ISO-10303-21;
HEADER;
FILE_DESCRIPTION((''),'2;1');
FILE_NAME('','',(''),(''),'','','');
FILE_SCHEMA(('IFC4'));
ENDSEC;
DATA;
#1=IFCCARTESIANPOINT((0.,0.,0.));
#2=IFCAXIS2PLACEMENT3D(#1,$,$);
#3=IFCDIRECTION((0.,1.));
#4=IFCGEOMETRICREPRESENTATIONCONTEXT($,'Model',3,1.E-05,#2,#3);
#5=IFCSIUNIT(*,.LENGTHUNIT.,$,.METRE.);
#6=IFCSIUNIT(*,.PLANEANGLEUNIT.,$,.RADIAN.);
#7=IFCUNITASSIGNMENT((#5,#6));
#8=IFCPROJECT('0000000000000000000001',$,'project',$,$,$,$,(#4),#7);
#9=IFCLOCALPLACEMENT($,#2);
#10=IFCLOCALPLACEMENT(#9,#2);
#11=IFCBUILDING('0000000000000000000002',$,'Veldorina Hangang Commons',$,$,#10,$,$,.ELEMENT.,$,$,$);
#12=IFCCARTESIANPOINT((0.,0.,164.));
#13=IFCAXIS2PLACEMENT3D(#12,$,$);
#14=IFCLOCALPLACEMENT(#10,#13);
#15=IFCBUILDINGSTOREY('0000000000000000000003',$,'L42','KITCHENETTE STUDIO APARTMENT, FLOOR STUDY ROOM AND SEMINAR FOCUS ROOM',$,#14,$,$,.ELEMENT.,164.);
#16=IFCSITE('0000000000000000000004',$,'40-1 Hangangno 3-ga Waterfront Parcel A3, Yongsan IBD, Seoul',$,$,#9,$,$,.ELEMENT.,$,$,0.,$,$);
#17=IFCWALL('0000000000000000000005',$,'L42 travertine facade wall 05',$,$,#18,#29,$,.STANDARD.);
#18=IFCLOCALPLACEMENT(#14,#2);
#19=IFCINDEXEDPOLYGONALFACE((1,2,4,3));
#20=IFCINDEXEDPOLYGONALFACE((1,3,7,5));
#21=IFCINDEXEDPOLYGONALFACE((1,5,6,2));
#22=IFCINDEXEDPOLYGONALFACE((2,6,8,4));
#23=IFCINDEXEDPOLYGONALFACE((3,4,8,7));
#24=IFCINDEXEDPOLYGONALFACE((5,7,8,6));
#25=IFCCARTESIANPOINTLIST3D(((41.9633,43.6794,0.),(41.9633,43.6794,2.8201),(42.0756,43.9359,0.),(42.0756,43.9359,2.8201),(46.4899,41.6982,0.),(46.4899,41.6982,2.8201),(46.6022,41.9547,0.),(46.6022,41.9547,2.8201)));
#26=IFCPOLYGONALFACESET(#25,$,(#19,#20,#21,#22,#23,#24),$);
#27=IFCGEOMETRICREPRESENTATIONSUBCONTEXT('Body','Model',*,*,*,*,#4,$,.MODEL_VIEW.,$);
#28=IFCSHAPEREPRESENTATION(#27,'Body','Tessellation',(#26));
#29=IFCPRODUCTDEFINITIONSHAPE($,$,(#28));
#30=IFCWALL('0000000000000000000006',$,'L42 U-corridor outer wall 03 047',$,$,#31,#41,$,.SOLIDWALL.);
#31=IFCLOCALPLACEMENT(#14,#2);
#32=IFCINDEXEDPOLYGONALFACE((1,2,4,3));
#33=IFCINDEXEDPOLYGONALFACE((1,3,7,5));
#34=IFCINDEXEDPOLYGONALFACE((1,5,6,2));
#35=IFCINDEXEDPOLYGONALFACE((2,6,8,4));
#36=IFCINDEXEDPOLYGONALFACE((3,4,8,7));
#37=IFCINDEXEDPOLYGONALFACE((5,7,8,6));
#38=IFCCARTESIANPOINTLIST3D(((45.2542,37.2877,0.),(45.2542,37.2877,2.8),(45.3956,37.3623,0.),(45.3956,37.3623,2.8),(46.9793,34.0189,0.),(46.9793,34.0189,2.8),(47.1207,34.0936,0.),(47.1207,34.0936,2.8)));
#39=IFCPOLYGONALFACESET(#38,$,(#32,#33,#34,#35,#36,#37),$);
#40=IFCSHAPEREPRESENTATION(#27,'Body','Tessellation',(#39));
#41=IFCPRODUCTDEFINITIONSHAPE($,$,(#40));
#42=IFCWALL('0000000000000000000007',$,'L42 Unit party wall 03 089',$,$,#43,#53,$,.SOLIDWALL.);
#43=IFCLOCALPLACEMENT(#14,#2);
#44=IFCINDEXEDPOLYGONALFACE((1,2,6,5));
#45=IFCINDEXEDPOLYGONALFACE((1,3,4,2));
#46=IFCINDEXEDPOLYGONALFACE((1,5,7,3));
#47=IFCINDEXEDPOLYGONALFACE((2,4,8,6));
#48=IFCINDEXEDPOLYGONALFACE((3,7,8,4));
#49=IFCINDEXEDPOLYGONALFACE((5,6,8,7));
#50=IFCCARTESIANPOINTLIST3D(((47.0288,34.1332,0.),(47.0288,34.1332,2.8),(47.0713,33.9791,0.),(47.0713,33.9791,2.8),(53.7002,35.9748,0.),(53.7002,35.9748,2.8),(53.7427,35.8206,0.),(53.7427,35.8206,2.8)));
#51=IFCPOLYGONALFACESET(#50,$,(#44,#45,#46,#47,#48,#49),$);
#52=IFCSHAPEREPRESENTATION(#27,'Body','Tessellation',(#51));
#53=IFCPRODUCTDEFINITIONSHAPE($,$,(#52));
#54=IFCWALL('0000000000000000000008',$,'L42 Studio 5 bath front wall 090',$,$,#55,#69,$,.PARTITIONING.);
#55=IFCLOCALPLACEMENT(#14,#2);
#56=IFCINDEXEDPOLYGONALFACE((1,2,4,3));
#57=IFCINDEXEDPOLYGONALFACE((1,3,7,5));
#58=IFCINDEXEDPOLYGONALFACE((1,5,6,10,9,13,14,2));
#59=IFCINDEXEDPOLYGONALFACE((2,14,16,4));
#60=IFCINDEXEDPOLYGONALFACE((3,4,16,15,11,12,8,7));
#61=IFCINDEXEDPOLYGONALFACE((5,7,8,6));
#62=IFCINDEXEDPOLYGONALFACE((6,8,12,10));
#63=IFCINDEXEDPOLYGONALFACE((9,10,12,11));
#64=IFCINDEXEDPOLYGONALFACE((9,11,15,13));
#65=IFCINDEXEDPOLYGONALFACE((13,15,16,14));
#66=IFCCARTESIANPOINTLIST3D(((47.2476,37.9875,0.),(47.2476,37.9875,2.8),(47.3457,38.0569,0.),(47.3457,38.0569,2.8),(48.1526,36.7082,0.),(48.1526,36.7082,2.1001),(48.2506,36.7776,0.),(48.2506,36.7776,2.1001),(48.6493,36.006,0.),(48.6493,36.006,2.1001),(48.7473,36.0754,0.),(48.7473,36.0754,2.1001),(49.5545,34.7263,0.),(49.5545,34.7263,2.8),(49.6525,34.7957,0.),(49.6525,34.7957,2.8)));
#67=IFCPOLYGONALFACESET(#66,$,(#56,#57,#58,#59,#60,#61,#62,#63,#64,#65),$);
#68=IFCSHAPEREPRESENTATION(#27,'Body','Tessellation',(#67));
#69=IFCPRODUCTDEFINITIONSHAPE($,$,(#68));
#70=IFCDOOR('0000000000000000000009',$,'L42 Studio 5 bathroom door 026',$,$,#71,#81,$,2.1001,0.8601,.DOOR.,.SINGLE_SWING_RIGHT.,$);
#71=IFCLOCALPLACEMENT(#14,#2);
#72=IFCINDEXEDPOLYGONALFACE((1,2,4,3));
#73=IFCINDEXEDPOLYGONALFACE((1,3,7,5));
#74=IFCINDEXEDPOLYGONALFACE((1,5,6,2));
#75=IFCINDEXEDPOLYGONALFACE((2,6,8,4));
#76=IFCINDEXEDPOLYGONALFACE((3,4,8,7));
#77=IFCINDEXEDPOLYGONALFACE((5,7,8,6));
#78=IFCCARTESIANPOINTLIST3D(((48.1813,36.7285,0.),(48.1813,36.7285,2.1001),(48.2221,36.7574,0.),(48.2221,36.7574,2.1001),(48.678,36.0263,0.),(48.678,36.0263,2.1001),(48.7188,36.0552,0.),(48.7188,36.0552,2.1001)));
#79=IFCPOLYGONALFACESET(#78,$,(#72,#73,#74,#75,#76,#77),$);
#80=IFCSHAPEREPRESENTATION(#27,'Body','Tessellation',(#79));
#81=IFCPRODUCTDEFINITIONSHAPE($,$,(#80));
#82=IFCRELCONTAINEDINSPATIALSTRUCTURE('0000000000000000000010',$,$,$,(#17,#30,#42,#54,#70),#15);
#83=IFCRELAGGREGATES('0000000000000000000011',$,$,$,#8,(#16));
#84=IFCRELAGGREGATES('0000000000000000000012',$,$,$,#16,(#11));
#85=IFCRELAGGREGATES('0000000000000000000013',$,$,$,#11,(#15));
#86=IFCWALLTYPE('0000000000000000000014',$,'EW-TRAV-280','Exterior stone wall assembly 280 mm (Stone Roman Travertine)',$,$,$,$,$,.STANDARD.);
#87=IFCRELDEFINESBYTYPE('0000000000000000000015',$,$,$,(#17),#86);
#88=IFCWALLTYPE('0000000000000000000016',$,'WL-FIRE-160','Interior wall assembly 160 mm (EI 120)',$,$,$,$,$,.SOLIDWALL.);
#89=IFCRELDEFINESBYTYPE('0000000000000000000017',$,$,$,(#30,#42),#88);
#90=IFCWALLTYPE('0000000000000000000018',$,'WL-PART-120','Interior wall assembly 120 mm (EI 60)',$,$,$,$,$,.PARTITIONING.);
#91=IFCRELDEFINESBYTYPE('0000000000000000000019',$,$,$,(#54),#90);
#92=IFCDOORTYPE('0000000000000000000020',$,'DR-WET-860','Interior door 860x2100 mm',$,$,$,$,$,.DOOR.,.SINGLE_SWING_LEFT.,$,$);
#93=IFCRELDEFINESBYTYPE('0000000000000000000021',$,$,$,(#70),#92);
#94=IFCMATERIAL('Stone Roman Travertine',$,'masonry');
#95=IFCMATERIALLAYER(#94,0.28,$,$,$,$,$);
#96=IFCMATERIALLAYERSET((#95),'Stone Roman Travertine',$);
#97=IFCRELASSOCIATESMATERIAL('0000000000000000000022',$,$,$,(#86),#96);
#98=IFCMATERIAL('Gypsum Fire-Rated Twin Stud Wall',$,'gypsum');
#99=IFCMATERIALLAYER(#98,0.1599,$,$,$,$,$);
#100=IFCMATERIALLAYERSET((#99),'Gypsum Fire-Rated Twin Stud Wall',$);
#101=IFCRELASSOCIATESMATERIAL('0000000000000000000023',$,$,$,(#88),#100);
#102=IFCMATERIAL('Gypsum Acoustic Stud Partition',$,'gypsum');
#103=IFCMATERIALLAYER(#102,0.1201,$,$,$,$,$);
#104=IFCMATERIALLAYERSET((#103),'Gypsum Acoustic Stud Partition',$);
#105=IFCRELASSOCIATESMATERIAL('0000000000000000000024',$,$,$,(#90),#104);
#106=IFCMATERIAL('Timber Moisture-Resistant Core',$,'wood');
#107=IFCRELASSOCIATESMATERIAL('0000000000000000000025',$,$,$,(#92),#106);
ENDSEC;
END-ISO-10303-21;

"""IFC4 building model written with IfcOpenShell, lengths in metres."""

from ifc_helpers import new_model, si_unit, direction, frame, frame_2d, origin, place, context, subcontext, project, spatial, rectangle, extrude, material, layer, layer_set, type_object, element, fill, save


model = new_model("IFC4")

# Units and contexts
model_context = context("Model", 3, precision=1e-05, world=origin(), true_north=direction((0.0, 1.0)))
body_context = subcontext(model_context, "Body", "Model", "MODEL_VIEW")
ifc_project = project(units=[si_unit("LENGTHUNIT", "METRE"), si_unit("PLANEANGLEUNIT", "RADIAN")], contexts=[model_context])

# Site, building, storey
site_placement = place(None, origin())
site = spatial("IfcSite", under=ifc_project, at=site_placement, Name="40-1 Hangangno 3-ga Waterfront Parcel A3, Yongsan IBD, Seoul", CompositionType="ELEMENT", RefElevation=0.0)
building_placement = place(site_placement, origin())
building = spatial("IfcBuilding", under=site, at=building_placement, Name="Veldorina Hangang Commons", CompositionType="ELEMENT")
storey_placement = place(building_placement, frame((0.0, 0.0, 164.0)))
storey = spatial("IfcBuildingStorey", under=building, at=storey_placement, Name="L42", Description="KITCHENETTE STUDIO APARTMENT, FLOOR STUDY ROOM AND SEMINAR FOCUS ROOM", CompositionType="ELEMENT", Elevation=164.0)

# Shared definitions
ifc_material_1 = material(Name="Stone Roman Travertine", Category="masonry")
ifc_layer_1 = layer(ifc_material_1, 0.28)
ifc_layer_set_1 = layer_set([ifc_layer_1], Name="Stone Roman Travertine")
wall_type_1 = type_object("IfcWallType", Name="EW-TRAV-280", Description="Exterior stone wall assembly 280 mm (Stone Roman Travertine)", PredefinedType="STANDARD", material=ifc_layer_set_1)

# Walls
wall_1_placement = place(storey_placement, frame((46.5461, 41.8264, 0.0), z_axis=(0.0, 0.0, 1.0), x_axis=(-0.916097, 0.400956, 0.0)))
element("IfcWall", 1, at=wall_1_placement, inside=storey, type_object=wall_type_1, Name="L42 travertine facade wall 05", PredefinedType="STANDARD", context=body_context, shape_type="SweptSolid", body=[
    extrude(rectangle(XDim=4.9412, YDim=0.28, at=frame_2d((2.4707, 0.0))), origin(), (0.0, 0.0, 1.0), 2.8201),
])
ifc_material_2 = material(Name="Gypsum Fire-Rated Twin Stud Wall", Category="gypsum")
ifc_layer_2 = layer(ifc_material_2, 0.1599)
ifc_layer_set_2 = layer_set([ifc_layer_2], Name="Gypsum Fire-Rated Twin Stud Wall")
wall_type_2 = type_object("IfcWallType", Name="WL-FIRE-160", Description="Interior wall assembly 160 mm (EI 120)", PredefinedType="SOLIDWALL", material=ifc_layer_set_2)
wall_2_placement = place(storey_placement, frame((47.05, 34.0562, 0.0), z_axis=(0.0, 0.0, 1.0), x_axis=(-0.466737, 0.884396, 0.0)))
element("IfcWall", 2, at=wall_2_placement, inside=storey, type_object=wall_type_2, Name="L42 U-corridor outer wall 03 047", PredefinedType="SOLIDWALL", context=body_context, shape_type="SweptSolid", body=[
    extrude(rectangle(XDim=3.696, YDim=0.1599, at=frame_2d((1.8481, 0.0))), origin(), (0.0, 0.0, 1.0), 2.8),
])
wall_3_placement = place(storey_placement, frame((47.05, 34.0562, 0.0), z_axis=(0.0, 0.0, 1.0), x_axis=(0.963949, 0.266086, 0.0)))
element("IfcWall", 3, at=wall_3_placement, inside=storey, type_object=wall_type_2, Name="L42 Unit party wall 03 089", PredefinedType="SOLIDWALL", context=body_context, shape_type="SweptSolid", body=[
    extrude(rectangle(XDim=6.9209, YDim=0.1599, at=frame_2d((3.4604, 0.0))), origin(), (0.0, 0.0, 1.0), 2.8),
])

# Wall, opening, door
ifc_material_3 = material(Name="Gypsum Acoustic Stud Partition", Category="gypsum")
ifc_layer_3 = layer(ifc_material_3, 0.1201)
ifc_layer_set_3 = layer_set([ifc_layer_3], Name="Gypsum Acoustic Stud Partition")
wall_type_3 = type_object("IfcWallType", Name="WL-PART-120", Description="Interior wall assembly 120 mm (EI 60)", PredefinedType="PARTITIONING", material=ifc_layer_set_3)
wall_4_placement = place(storey_placement, frame((49.6035, 34.761, 0.0), z_axis=(0.0, 0.0, 1.0), x_axis=(-0.577492, 0.816397, 0.0)))
wall_4 = element("IfcWall", 4, at=wall_4_placement, inside=storey, type_object=wall_type_3, Name="L42 Studio 5 bath front wall 090", PredefinedType="PARTITIONING", context=body_context, shape_type="SweptSolid", body=[
    extrude(rectangle(XDim=3.9946, YDim=0.1201, at=frame_2d((1.9973, 0.0))), origin(), (0.0, 0.0, 1.0), 2.8),
])
opening_1_placement = place(wall_4_placement, frame((1.5674, 0.0, 0.0)))
opening_1 = element("IfcOpeningElement", 5, at=opening_1_placement, cuts=wall_4, PredefinedType="OPENING", context=body_context, shape_type="SweptSolid", body=[
    extrude(rectangle(XDim=0.8601, YDim=2.1001, at=frame_2d((0.4302, 1.05))), frame((0.0, 0.0701, 0.0), z_axis=(0.0, -1.0, 0.0), x_axis=(1.0, 0.0, 0.0)), (0.0, 0.0, 1.0), 0.1401),
])
ifc_material_4 = material(Name="Timber Moisture-Resistant Core", Category="wood")
door_type = type_object("IfcDoorType", Name="DR-WET-860", Description="Interior door 860x2100 mm", OperationType="SINGLE_SWING_LEFT", PredefinedType="DOOR", material=ifc_material_4)
door_placement = place(opening_1_placement, origin())
door = element("IfcDoor", 6, at=door_placement, inside=storey, type_object=door_type, Name="L42 Studio 5 bathroom door 026", OperationType="SINGLE_SWING_RIGHT", OverallHeight=2.1001, OverallWidth=0.8601, PredefinedType="DOOR", context=body_context, shape_type="SweptSolid", body=[
    extrude(rectangle(XDim=0.8601, YDim=2.1001, at=frame_2d((0.4302, 1.05))), frame((0.0, 0.0249, 0.0), z_axis=(0.0, -1.0, 0.0), x_axis=(1.0, 0.0, 0.0)), (0.0, 0.0, 1.0), 0.05),
])
fill(opening_1, door)

save(model, "model.ifc")
